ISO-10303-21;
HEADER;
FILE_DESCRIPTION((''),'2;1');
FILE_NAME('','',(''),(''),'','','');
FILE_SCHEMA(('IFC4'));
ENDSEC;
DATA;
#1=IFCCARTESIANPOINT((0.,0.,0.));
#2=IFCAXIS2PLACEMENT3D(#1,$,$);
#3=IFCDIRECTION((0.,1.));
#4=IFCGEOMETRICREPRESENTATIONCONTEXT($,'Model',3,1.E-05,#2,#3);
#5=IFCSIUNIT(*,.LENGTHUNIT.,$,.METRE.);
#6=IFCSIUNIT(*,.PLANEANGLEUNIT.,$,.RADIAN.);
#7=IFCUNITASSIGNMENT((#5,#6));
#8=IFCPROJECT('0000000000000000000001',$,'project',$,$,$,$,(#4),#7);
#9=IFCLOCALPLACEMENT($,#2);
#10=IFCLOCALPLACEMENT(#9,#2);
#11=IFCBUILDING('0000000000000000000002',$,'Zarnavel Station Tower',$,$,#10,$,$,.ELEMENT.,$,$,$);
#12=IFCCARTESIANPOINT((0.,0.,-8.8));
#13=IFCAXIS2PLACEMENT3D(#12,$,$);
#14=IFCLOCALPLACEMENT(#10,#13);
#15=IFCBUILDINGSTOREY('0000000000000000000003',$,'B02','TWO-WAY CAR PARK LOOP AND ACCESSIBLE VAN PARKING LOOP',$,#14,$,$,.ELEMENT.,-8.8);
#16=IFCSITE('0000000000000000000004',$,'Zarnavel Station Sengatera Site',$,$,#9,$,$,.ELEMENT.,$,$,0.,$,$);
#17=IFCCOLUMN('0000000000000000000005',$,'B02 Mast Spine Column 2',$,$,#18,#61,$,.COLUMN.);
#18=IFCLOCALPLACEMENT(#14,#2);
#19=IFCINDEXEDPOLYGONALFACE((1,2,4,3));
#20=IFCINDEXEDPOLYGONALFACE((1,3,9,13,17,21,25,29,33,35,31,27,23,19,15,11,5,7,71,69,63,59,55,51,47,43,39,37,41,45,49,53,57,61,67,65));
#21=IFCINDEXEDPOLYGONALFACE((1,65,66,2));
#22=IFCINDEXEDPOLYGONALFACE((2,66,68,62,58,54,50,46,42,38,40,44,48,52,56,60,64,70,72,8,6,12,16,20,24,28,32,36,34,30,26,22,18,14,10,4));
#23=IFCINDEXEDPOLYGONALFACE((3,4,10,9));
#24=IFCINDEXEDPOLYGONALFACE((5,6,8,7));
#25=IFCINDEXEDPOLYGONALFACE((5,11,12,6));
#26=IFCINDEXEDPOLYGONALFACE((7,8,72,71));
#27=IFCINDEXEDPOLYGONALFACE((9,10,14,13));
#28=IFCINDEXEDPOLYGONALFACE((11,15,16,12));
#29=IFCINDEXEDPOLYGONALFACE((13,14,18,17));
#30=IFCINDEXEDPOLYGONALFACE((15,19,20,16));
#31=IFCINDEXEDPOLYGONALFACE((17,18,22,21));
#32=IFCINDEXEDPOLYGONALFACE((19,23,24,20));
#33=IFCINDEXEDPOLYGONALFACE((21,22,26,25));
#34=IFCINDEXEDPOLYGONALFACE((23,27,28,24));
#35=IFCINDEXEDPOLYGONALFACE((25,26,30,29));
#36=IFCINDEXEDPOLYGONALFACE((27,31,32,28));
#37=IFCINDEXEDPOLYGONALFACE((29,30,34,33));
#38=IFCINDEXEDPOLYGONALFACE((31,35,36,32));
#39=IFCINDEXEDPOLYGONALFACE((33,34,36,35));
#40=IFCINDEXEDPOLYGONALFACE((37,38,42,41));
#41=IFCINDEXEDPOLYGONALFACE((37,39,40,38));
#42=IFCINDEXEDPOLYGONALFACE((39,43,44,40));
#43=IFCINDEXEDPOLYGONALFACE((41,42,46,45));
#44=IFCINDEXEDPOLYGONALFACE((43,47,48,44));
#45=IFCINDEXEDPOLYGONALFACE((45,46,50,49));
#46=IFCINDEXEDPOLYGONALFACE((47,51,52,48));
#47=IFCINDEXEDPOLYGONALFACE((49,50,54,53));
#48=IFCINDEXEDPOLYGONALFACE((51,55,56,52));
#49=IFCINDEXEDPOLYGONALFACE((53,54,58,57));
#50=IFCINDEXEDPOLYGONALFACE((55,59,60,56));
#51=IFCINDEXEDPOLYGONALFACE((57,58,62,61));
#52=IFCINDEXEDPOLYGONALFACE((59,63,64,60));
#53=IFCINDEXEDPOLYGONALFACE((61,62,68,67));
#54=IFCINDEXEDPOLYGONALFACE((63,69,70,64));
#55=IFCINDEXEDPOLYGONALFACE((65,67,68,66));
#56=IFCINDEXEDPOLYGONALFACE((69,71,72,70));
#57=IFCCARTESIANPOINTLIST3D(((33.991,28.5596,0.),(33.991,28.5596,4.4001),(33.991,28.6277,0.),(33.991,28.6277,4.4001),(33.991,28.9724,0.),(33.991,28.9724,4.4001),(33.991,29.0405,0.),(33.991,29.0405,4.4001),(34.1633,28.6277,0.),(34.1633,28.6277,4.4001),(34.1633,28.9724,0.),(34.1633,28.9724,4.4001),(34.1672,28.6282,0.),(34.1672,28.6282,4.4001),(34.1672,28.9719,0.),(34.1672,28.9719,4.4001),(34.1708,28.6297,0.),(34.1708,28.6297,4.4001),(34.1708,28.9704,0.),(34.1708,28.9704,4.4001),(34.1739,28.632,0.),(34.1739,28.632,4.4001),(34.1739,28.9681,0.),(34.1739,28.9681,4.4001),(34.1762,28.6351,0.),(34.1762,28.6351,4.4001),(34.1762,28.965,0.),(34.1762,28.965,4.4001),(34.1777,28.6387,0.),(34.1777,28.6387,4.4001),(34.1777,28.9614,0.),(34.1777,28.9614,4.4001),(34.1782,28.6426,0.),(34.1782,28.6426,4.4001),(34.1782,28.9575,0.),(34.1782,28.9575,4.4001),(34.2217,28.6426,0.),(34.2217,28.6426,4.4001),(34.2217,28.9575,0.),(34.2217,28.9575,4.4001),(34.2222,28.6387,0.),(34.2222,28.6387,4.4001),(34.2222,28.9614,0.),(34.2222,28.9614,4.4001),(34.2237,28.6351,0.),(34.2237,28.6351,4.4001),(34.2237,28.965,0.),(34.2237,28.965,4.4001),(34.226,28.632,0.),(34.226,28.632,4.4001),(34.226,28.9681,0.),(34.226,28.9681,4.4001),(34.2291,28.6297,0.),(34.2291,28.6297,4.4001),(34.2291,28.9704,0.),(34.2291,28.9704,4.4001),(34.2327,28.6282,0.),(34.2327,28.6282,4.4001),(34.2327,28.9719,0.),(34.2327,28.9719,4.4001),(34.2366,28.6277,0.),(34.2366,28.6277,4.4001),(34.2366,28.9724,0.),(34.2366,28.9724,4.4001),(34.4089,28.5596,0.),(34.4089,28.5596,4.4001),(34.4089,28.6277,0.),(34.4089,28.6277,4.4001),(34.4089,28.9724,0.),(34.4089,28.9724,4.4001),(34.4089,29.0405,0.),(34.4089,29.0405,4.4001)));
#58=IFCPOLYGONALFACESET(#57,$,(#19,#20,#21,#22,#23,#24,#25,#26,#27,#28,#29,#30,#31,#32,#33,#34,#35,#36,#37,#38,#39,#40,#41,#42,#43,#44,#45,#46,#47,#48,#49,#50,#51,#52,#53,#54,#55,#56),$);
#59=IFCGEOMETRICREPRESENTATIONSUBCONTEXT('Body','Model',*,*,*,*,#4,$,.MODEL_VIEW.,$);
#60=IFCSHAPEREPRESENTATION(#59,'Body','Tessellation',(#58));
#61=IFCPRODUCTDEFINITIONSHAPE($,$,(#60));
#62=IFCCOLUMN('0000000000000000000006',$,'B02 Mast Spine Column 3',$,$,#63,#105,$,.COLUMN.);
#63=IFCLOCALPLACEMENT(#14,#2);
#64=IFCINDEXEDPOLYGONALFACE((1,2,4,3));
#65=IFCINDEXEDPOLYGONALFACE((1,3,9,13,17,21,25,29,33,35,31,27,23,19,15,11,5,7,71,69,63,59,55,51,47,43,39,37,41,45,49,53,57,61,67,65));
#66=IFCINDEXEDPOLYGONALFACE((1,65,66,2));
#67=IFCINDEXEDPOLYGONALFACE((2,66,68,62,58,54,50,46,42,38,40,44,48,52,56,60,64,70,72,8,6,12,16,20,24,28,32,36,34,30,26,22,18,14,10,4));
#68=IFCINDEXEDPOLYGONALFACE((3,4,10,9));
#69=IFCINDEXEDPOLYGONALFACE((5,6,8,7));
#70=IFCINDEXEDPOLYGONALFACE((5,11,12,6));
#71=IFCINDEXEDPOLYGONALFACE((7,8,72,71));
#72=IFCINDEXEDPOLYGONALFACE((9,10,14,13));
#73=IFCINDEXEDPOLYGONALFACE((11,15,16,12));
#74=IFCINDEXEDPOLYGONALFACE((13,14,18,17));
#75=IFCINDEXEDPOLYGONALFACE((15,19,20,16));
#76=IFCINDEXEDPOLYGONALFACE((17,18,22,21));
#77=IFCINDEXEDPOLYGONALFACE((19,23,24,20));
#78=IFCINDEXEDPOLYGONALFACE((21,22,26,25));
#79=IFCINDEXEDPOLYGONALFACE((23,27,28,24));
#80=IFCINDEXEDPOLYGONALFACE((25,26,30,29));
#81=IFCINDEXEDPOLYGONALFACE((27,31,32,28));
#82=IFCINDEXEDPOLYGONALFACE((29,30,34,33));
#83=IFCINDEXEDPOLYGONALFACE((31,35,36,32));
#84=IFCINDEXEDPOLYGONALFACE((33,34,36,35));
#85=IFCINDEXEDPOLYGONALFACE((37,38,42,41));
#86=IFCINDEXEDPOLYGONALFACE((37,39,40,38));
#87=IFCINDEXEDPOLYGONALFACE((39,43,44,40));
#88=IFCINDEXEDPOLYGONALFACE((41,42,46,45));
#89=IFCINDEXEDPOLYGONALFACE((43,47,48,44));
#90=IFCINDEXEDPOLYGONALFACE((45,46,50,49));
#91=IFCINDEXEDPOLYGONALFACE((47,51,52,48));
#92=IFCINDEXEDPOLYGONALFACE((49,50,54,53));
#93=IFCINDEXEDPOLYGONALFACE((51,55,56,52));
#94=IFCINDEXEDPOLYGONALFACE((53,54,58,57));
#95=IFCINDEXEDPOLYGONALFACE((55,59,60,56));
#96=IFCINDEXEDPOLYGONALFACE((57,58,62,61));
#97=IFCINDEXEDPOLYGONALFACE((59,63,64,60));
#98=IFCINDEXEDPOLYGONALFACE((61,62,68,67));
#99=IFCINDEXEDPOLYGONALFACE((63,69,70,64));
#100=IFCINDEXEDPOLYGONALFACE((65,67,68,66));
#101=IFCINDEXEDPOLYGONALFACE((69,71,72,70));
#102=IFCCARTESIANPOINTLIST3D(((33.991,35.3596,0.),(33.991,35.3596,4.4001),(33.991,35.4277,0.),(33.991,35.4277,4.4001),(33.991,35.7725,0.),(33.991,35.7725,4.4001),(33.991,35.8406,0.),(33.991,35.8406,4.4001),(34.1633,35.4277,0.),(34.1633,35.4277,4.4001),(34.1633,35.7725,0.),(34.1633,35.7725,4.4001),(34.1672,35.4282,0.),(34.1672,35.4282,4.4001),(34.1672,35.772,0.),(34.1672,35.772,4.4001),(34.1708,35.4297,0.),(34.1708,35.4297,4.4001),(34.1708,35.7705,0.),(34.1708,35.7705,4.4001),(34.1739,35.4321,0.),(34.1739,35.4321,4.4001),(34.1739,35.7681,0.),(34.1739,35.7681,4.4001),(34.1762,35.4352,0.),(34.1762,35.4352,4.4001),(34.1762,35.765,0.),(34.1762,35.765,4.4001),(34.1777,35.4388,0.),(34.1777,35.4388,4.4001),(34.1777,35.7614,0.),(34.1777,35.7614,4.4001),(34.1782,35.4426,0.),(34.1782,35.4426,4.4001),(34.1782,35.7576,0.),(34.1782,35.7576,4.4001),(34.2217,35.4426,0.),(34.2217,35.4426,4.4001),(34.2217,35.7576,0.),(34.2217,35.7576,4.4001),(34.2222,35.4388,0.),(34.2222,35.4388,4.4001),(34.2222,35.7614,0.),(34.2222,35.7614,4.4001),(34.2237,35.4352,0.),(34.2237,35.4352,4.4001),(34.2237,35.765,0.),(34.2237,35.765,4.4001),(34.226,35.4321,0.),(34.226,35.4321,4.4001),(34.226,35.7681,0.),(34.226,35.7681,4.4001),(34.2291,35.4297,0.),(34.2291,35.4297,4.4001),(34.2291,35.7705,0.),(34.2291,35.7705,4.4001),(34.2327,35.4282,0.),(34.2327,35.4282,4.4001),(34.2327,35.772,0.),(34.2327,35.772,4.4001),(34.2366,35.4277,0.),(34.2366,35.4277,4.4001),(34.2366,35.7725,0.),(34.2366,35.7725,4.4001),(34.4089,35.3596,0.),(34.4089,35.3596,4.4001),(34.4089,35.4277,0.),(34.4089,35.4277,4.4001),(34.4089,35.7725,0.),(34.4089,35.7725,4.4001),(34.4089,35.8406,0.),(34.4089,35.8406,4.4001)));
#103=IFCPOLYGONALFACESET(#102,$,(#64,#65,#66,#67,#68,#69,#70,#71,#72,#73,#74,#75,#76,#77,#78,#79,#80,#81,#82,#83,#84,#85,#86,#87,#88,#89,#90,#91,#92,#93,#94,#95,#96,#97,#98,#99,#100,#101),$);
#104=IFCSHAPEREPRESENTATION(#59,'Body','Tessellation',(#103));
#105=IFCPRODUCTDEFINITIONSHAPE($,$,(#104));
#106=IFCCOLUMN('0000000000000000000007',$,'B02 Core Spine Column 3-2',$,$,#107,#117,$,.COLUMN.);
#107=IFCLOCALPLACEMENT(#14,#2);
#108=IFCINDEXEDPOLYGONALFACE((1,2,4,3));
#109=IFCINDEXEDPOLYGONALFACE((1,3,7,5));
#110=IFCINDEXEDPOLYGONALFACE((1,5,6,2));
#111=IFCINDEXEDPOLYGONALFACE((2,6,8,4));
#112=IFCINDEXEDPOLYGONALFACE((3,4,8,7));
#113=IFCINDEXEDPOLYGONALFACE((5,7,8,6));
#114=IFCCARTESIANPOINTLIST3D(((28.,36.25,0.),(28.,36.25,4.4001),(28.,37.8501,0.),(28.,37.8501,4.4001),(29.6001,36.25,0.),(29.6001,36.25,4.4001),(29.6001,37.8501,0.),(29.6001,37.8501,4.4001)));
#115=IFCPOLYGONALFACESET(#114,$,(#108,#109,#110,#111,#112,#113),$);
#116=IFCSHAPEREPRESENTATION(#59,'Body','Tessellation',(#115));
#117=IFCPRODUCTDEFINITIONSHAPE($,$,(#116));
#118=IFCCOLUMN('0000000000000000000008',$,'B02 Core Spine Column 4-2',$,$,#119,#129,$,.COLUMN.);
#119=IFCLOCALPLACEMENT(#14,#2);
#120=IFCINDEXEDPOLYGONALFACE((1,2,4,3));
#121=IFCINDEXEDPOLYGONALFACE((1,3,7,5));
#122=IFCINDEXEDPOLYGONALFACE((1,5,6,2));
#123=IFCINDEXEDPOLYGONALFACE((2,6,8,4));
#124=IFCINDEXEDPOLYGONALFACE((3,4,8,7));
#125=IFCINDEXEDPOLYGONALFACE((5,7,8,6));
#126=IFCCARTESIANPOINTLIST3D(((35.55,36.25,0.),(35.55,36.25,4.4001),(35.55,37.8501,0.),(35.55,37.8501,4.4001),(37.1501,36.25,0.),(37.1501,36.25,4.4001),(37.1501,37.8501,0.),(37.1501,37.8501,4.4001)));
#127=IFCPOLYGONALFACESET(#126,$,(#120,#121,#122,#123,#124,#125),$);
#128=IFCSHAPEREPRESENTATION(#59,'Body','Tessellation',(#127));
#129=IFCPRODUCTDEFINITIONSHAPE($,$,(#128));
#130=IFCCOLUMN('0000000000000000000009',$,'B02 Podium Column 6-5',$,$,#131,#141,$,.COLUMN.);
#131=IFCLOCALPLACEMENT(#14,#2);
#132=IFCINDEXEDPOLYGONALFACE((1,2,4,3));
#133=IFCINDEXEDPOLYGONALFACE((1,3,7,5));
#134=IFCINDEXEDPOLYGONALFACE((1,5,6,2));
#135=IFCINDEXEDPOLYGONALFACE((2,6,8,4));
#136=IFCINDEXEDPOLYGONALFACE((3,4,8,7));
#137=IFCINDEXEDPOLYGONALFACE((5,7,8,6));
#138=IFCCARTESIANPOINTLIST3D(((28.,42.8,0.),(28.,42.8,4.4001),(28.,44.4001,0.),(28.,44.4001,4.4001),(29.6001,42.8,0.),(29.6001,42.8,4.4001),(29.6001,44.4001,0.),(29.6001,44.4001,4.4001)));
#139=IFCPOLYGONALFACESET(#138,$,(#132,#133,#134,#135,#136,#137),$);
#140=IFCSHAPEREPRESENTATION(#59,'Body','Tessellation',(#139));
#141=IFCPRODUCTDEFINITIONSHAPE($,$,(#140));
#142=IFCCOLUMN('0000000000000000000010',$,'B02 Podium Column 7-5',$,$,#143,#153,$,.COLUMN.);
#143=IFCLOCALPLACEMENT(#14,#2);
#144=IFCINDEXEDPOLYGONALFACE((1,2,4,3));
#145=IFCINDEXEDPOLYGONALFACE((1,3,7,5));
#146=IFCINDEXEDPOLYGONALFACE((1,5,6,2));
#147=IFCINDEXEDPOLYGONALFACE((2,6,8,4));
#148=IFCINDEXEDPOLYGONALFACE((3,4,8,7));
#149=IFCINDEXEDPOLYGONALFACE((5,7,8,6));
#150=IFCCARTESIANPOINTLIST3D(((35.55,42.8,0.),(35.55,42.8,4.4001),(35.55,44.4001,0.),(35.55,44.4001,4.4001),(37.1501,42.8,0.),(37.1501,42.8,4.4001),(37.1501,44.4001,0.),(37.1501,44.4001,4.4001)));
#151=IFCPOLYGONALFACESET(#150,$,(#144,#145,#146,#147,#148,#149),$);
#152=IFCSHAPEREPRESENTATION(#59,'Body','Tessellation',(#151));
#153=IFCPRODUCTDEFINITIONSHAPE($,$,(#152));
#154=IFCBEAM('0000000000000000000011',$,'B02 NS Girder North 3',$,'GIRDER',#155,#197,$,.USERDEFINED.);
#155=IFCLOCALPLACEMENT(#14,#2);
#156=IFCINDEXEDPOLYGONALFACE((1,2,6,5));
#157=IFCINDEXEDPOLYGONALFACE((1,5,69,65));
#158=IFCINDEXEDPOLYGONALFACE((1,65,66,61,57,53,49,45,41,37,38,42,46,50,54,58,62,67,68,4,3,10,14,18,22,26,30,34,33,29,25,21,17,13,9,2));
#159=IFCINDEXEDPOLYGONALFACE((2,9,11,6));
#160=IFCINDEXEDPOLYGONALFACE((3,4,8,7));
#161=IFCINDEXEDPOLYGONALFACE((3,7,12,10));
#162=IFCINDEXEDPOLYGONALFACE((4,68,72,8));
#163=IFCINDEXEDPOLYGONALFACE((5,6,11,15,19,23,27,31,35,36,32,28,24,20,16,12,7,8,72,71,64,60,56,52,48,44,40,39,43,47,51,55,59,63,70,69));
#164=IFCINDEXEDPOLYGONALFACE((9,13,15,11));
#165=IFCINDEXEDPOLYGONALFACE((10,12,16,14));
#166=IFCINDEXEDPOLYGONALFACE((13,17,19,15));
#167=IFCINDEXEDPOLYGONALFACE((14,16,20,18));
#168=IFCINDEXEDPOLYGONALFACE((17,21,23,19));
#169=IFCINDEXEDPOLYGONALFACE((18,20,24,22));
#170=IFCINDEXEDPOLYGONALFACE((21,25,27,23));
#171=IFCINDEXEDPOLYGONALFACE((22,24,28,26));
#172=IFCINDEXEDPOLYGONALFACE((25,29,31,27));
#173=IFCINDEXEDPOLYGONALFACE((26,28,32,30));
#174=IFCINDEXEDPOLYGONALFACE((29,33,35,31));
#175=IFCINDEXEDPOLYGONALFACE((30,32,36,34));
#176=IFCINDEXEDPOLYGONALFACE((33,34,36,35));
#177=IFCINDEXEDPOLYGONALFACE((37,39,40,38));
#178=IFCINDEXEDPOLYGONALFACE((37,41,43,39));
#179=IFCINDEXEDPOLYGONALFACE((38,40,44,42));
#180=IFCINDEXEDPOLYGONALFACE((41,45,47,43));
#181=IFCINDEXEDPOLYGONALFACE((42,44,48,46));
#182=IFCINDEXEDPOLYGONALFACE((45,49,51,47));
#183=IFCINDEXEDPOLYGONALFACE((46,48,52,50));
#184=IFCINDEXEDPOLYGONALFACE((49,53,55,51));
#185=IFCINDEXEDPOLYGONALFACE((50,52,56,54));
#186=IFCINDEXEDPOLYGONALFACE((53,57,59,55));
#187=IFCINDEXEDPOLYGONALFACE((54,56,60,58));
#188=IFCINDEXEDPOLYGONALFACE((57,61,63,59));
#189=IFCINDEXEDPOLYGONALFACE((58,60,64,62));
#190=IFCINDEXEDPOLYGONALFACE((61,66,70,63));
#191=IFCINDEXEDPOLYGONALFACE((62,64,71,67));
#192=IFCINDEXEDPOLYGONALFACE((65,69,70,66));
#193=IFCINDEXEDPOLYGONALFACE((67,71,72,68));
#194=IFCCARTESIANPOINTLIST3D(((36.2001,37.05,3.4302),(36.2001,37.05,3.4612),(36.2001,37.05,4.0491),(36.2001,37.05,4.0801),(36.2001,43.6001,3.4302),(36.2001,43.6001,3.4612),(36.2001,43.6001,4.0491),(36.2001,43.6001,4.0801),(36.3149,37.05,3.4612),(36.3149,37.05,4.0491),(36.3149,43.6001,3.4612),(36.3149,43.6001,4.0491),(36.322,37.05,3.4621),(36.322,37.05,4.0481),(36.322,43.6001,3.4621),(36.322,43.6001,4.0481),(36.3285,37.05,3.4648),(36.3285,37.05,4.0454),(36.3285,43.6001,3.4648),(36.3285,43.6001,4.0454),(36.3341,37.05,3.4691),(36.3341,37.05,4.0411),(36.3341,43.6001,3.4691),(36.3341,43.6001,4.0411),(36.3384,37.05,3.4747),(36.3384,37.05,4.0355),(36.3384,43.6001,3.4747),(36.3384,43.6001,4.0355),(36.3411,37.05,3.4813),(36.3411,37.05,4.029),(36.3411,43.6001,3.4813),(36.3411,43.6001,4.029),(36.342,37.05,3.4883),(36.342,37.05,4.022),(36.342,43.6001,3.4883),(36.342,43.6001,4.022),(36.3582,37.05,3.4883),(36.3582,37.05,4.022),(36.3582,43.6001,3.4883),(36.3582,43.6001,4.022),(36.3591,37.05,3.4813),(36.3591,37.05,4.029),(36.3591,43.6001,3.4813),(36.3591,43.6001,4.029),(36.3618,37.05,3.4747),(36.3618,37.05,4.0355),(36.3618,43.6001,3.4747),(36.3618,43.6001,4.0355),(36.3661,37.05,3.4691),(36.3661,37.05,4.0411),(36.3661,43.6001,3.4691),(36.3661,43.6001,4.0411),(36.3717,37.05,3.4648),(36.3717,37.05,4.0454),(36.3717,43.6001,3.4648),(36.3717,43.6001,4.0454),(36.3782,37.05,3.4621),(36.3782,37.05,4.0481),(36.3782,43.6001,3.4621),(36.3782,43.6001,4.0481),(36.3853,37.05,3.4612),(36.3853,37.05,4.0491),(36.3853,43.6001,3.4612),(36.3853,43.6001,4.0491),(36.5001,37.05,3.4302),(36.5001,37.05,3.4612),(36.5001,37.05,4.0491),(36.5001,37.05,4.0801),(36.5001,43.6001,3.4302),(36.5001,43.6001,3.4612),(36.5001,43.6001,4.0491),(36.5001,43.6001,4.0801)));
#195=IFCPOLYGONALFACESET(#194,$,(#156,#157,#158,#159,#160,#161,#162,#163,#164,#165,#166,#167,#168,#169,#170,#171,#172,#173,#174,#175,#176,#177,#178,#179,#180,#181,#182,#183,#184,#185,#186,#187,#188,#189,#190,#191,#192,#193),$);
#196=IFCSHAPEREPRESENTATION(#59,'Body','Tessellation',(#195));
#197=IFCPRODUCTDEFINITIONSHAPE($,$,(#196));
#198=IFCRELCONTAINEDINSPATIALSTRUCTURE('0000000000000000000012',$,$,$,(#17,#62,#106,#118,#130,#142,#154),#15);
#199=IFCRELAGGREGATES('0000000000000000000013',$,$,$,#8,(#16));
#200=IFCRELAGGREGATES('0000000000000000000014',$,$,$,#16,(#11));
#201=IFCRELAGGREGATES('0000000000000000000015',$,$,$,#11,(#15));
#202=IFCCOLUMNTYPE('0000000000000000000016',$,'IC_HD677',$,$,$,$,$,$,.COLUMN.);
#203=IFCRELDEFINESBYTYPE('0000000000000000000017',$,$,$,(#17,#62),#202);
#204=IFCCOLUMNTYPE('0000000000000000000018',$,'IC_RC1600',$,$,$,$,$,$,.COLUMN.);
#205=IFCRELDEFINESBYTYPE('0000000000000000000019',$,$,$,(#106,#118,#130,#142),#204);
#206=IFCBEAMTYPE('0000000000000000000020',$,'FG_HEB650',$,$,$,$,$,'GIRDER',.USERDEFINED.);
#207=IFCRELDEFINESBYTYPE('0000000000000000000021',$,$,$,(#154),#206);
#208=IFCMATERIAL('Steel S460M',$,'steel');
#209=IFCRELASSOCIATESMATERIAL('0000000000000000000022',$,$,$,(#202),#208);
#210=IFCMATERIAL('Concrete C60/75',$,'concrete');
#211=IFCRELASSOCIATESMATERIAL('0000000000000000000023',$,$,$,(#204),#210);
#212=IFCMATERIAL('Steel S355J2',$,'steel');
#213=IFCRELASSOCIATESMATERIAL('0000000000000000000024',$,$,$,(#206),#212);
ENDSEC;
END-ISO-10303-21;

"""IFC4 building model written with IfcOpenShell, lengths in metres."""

from ifc_helpers import new_model, si_unit, direction, frame, origin, origin_2d, place, context, subcontext, project, spatial, rectangle, i_section, extrude, material, material_profile, profile_set, type_object, element, save


model = new_model("IFC4")

# Units and contexts
model_context = context("Model", 3, precision=1e-05, world=origin(), true_north=direction((0.0, 1.0)))
body_context = subcontext(model_context, "Body", "Model", "MODEL_VIEW")
ifc_project = project(units=[si_unit("LENGTHUNIT", "METRE"), si_unit("PLANEANGLEUNIT", "RADIAN")], contexts=[model_context])

# Site, building, storey
site_placement = place(None, origin())
site = spatial("IfcSite", under=ifc_project, at=site_placement, Name="Zarnavel Station Sengatera Site", CompositionType="ELEMENT", RefElevation=0.0)
building_placement = place(site_placement, origin())
building = spatial("IfcBuilding", under=site, at=building_placement, Name="Zarnavel Station Tower", CompositionType="ELEMENT")
storey_placement = place(building_placement, frame((0.0, 0.0, -8.8)))
storey = spatial("IfcBuildingStorey", under=building, at=storey_placement, Name="B02", Description="TWO-WAY CAR PARK LOOP AND ACCESSIBLE VAN PARKING LOOP", CompositionType="ELEMENT", Elevation=-8.8)

# Columns
ifc_material_1 = material(Name="Steel S460M", Category="steel")
ifc_material_profile_1 = material_profile(ifc_material_1, i_section(OverallWidth=0.418, OverallDepth=0.481, WebThickness=0.0435, FlangeThickness=0.0681, FilletRadius=0.0149, at=origin_2d()), Name="HD400x677")
ifc_profile_set_1 = profile_set([ifc_material_profile_1], Name="Steel S460M")
column_type_1 = type_object("IfcColumnType", Name="IC_HD677", PredefinedType="COLUMN", material=ifc_profile_set_1)
for number, where, z_axis, x_axis, name in (
    (1, (34.2, 28.8, 0.0), (0.0, 0.0, 1.0), (1.0, 0.0, 0.0), "B02 Mast Spine Column 2"),
    (2, (34.2, 35.6001, 0.0), (0.0, 0.0, 1.0), (1.0, 0.0, 0.0), "B02 Mast Spine Column 3"),
):
    element("IfcColumn", number, at=place(storey_placement, frame(where, z_axis=z_axis, x_axis=x_axis)), inside=storey, type_object=column_type_1, Name=name, PredefinedType="COLUMN", context=body_context, shape_type="SweptSolid", body=[
        extrude(i_section(OverallWidth=0.418, OverallDepth=0.481, WebThickness=0.0435, FlangeThickness=0.0681, FilletRadius=0.0149, at=origin_2d()), origin(), (0.0, 0.0, 1.0), 4.4001),
    ])
ifc_material_2 = material(Name="Concrete C60/75", Category="concrete")
ifc_material_profile_2 = material_profile(ifc_material_2, rectangle(XDim=1.6001, YDim=1.6001, at=origin_2d()), Name="RC1600x1600")
ifc_profile_set_2 = profile_set([ifc_material_profile_2], Name="Concrete C60/75")
column_type_2 = type_object("IfcColumnType", Name="IC_RC1600", PredefinedType="COLUMN", material=ifc_profile_set_2)
for number, where, z_axis, x_axis, name in (
    (3, (28.8, 37.05, 0.0), (0.0, 0.0, 1.0), (1.0, 0.0, 0.0), "B02 Core Spine Column 3-2"),
    (4, (36.3501, 37.05, 0.0), (0.0, 0.0, 1.0), (1.0, 0.0, 0.0), "B02 Core Spine Column 4-2"),
    (5, (28.8, 43.6001, 0.0), (0.0, 0.0, 1.0), (1.0, 0.0, 0.0), "B02 Podium Column 6-5"),
    (6, (36.3501, 43.6001, 0.0), (0.0, 0.0, 1.0), (1.0, 0.0, 0.0), "B02 Podium Column 7-5"),
):
    element("IfcColumn", number, at=place(storey_placement, frame(where, z_axis=z_axis, x_axis=x_axis)), inside=storey, type_object=column_type_2, Name=name, PredefinedType="COLUMN", context=body_context, shape_type="SweptSolid", body=[
        extrude(rectangle(XDim=1.6001, YDim=1.6001, at=origin_2d()), origin(), (0.0, 0.0, 1.0), 4.4001),
    ])

# Beam
ifc_material_3 = material(Name="Steel S355J2", Category="steel")
ifc_material_profile_3 = material_profile(ifc_material_3, i_section(OverallWidth=0.3, OverallDepth=0.6499, WebThickness=0.0161, FlangeThickness=0.031, FilletRadius=0.0271, at=origin_2d()), Name="HEB650")
ifc_profile_set_3 = profile_set([ifc_material_profile_3], Name="Steel S355J2")
beam_type_1 = type_object("IfcBeamType", Name="FG_HEB650", ElementType="GIRDER", PredefinedType="USERDEFINED", material=ifc_profile_set_3)
beam_1_placement = place(storey_placement, frame((36.3501, 37.05, 3.7551), z_axis=(0.0, 1.0, 0.0), x_axis=(-1.0, 0.0, 0.0)))
element("IfcBeam", 7, at=beam_1_placement, inside=storey, type_object=beam_type_1, Name="B02 NS Girder North 3", ObjectType="GIRDER", PredefinedType="USERDEFINED", context=body_context, shape_type="SweptSolid", body=[
    extrude(i_section(OverallWidth=0.3, OverallDepth=0.6499, WebThickness=0.0161, FlangeThickness=0.031, FilletRadius=0.0271, at=origin_2d()), origin(), (0.0, 0.0, 1.0), 6.55),
])

save(model, "model.ifc")
